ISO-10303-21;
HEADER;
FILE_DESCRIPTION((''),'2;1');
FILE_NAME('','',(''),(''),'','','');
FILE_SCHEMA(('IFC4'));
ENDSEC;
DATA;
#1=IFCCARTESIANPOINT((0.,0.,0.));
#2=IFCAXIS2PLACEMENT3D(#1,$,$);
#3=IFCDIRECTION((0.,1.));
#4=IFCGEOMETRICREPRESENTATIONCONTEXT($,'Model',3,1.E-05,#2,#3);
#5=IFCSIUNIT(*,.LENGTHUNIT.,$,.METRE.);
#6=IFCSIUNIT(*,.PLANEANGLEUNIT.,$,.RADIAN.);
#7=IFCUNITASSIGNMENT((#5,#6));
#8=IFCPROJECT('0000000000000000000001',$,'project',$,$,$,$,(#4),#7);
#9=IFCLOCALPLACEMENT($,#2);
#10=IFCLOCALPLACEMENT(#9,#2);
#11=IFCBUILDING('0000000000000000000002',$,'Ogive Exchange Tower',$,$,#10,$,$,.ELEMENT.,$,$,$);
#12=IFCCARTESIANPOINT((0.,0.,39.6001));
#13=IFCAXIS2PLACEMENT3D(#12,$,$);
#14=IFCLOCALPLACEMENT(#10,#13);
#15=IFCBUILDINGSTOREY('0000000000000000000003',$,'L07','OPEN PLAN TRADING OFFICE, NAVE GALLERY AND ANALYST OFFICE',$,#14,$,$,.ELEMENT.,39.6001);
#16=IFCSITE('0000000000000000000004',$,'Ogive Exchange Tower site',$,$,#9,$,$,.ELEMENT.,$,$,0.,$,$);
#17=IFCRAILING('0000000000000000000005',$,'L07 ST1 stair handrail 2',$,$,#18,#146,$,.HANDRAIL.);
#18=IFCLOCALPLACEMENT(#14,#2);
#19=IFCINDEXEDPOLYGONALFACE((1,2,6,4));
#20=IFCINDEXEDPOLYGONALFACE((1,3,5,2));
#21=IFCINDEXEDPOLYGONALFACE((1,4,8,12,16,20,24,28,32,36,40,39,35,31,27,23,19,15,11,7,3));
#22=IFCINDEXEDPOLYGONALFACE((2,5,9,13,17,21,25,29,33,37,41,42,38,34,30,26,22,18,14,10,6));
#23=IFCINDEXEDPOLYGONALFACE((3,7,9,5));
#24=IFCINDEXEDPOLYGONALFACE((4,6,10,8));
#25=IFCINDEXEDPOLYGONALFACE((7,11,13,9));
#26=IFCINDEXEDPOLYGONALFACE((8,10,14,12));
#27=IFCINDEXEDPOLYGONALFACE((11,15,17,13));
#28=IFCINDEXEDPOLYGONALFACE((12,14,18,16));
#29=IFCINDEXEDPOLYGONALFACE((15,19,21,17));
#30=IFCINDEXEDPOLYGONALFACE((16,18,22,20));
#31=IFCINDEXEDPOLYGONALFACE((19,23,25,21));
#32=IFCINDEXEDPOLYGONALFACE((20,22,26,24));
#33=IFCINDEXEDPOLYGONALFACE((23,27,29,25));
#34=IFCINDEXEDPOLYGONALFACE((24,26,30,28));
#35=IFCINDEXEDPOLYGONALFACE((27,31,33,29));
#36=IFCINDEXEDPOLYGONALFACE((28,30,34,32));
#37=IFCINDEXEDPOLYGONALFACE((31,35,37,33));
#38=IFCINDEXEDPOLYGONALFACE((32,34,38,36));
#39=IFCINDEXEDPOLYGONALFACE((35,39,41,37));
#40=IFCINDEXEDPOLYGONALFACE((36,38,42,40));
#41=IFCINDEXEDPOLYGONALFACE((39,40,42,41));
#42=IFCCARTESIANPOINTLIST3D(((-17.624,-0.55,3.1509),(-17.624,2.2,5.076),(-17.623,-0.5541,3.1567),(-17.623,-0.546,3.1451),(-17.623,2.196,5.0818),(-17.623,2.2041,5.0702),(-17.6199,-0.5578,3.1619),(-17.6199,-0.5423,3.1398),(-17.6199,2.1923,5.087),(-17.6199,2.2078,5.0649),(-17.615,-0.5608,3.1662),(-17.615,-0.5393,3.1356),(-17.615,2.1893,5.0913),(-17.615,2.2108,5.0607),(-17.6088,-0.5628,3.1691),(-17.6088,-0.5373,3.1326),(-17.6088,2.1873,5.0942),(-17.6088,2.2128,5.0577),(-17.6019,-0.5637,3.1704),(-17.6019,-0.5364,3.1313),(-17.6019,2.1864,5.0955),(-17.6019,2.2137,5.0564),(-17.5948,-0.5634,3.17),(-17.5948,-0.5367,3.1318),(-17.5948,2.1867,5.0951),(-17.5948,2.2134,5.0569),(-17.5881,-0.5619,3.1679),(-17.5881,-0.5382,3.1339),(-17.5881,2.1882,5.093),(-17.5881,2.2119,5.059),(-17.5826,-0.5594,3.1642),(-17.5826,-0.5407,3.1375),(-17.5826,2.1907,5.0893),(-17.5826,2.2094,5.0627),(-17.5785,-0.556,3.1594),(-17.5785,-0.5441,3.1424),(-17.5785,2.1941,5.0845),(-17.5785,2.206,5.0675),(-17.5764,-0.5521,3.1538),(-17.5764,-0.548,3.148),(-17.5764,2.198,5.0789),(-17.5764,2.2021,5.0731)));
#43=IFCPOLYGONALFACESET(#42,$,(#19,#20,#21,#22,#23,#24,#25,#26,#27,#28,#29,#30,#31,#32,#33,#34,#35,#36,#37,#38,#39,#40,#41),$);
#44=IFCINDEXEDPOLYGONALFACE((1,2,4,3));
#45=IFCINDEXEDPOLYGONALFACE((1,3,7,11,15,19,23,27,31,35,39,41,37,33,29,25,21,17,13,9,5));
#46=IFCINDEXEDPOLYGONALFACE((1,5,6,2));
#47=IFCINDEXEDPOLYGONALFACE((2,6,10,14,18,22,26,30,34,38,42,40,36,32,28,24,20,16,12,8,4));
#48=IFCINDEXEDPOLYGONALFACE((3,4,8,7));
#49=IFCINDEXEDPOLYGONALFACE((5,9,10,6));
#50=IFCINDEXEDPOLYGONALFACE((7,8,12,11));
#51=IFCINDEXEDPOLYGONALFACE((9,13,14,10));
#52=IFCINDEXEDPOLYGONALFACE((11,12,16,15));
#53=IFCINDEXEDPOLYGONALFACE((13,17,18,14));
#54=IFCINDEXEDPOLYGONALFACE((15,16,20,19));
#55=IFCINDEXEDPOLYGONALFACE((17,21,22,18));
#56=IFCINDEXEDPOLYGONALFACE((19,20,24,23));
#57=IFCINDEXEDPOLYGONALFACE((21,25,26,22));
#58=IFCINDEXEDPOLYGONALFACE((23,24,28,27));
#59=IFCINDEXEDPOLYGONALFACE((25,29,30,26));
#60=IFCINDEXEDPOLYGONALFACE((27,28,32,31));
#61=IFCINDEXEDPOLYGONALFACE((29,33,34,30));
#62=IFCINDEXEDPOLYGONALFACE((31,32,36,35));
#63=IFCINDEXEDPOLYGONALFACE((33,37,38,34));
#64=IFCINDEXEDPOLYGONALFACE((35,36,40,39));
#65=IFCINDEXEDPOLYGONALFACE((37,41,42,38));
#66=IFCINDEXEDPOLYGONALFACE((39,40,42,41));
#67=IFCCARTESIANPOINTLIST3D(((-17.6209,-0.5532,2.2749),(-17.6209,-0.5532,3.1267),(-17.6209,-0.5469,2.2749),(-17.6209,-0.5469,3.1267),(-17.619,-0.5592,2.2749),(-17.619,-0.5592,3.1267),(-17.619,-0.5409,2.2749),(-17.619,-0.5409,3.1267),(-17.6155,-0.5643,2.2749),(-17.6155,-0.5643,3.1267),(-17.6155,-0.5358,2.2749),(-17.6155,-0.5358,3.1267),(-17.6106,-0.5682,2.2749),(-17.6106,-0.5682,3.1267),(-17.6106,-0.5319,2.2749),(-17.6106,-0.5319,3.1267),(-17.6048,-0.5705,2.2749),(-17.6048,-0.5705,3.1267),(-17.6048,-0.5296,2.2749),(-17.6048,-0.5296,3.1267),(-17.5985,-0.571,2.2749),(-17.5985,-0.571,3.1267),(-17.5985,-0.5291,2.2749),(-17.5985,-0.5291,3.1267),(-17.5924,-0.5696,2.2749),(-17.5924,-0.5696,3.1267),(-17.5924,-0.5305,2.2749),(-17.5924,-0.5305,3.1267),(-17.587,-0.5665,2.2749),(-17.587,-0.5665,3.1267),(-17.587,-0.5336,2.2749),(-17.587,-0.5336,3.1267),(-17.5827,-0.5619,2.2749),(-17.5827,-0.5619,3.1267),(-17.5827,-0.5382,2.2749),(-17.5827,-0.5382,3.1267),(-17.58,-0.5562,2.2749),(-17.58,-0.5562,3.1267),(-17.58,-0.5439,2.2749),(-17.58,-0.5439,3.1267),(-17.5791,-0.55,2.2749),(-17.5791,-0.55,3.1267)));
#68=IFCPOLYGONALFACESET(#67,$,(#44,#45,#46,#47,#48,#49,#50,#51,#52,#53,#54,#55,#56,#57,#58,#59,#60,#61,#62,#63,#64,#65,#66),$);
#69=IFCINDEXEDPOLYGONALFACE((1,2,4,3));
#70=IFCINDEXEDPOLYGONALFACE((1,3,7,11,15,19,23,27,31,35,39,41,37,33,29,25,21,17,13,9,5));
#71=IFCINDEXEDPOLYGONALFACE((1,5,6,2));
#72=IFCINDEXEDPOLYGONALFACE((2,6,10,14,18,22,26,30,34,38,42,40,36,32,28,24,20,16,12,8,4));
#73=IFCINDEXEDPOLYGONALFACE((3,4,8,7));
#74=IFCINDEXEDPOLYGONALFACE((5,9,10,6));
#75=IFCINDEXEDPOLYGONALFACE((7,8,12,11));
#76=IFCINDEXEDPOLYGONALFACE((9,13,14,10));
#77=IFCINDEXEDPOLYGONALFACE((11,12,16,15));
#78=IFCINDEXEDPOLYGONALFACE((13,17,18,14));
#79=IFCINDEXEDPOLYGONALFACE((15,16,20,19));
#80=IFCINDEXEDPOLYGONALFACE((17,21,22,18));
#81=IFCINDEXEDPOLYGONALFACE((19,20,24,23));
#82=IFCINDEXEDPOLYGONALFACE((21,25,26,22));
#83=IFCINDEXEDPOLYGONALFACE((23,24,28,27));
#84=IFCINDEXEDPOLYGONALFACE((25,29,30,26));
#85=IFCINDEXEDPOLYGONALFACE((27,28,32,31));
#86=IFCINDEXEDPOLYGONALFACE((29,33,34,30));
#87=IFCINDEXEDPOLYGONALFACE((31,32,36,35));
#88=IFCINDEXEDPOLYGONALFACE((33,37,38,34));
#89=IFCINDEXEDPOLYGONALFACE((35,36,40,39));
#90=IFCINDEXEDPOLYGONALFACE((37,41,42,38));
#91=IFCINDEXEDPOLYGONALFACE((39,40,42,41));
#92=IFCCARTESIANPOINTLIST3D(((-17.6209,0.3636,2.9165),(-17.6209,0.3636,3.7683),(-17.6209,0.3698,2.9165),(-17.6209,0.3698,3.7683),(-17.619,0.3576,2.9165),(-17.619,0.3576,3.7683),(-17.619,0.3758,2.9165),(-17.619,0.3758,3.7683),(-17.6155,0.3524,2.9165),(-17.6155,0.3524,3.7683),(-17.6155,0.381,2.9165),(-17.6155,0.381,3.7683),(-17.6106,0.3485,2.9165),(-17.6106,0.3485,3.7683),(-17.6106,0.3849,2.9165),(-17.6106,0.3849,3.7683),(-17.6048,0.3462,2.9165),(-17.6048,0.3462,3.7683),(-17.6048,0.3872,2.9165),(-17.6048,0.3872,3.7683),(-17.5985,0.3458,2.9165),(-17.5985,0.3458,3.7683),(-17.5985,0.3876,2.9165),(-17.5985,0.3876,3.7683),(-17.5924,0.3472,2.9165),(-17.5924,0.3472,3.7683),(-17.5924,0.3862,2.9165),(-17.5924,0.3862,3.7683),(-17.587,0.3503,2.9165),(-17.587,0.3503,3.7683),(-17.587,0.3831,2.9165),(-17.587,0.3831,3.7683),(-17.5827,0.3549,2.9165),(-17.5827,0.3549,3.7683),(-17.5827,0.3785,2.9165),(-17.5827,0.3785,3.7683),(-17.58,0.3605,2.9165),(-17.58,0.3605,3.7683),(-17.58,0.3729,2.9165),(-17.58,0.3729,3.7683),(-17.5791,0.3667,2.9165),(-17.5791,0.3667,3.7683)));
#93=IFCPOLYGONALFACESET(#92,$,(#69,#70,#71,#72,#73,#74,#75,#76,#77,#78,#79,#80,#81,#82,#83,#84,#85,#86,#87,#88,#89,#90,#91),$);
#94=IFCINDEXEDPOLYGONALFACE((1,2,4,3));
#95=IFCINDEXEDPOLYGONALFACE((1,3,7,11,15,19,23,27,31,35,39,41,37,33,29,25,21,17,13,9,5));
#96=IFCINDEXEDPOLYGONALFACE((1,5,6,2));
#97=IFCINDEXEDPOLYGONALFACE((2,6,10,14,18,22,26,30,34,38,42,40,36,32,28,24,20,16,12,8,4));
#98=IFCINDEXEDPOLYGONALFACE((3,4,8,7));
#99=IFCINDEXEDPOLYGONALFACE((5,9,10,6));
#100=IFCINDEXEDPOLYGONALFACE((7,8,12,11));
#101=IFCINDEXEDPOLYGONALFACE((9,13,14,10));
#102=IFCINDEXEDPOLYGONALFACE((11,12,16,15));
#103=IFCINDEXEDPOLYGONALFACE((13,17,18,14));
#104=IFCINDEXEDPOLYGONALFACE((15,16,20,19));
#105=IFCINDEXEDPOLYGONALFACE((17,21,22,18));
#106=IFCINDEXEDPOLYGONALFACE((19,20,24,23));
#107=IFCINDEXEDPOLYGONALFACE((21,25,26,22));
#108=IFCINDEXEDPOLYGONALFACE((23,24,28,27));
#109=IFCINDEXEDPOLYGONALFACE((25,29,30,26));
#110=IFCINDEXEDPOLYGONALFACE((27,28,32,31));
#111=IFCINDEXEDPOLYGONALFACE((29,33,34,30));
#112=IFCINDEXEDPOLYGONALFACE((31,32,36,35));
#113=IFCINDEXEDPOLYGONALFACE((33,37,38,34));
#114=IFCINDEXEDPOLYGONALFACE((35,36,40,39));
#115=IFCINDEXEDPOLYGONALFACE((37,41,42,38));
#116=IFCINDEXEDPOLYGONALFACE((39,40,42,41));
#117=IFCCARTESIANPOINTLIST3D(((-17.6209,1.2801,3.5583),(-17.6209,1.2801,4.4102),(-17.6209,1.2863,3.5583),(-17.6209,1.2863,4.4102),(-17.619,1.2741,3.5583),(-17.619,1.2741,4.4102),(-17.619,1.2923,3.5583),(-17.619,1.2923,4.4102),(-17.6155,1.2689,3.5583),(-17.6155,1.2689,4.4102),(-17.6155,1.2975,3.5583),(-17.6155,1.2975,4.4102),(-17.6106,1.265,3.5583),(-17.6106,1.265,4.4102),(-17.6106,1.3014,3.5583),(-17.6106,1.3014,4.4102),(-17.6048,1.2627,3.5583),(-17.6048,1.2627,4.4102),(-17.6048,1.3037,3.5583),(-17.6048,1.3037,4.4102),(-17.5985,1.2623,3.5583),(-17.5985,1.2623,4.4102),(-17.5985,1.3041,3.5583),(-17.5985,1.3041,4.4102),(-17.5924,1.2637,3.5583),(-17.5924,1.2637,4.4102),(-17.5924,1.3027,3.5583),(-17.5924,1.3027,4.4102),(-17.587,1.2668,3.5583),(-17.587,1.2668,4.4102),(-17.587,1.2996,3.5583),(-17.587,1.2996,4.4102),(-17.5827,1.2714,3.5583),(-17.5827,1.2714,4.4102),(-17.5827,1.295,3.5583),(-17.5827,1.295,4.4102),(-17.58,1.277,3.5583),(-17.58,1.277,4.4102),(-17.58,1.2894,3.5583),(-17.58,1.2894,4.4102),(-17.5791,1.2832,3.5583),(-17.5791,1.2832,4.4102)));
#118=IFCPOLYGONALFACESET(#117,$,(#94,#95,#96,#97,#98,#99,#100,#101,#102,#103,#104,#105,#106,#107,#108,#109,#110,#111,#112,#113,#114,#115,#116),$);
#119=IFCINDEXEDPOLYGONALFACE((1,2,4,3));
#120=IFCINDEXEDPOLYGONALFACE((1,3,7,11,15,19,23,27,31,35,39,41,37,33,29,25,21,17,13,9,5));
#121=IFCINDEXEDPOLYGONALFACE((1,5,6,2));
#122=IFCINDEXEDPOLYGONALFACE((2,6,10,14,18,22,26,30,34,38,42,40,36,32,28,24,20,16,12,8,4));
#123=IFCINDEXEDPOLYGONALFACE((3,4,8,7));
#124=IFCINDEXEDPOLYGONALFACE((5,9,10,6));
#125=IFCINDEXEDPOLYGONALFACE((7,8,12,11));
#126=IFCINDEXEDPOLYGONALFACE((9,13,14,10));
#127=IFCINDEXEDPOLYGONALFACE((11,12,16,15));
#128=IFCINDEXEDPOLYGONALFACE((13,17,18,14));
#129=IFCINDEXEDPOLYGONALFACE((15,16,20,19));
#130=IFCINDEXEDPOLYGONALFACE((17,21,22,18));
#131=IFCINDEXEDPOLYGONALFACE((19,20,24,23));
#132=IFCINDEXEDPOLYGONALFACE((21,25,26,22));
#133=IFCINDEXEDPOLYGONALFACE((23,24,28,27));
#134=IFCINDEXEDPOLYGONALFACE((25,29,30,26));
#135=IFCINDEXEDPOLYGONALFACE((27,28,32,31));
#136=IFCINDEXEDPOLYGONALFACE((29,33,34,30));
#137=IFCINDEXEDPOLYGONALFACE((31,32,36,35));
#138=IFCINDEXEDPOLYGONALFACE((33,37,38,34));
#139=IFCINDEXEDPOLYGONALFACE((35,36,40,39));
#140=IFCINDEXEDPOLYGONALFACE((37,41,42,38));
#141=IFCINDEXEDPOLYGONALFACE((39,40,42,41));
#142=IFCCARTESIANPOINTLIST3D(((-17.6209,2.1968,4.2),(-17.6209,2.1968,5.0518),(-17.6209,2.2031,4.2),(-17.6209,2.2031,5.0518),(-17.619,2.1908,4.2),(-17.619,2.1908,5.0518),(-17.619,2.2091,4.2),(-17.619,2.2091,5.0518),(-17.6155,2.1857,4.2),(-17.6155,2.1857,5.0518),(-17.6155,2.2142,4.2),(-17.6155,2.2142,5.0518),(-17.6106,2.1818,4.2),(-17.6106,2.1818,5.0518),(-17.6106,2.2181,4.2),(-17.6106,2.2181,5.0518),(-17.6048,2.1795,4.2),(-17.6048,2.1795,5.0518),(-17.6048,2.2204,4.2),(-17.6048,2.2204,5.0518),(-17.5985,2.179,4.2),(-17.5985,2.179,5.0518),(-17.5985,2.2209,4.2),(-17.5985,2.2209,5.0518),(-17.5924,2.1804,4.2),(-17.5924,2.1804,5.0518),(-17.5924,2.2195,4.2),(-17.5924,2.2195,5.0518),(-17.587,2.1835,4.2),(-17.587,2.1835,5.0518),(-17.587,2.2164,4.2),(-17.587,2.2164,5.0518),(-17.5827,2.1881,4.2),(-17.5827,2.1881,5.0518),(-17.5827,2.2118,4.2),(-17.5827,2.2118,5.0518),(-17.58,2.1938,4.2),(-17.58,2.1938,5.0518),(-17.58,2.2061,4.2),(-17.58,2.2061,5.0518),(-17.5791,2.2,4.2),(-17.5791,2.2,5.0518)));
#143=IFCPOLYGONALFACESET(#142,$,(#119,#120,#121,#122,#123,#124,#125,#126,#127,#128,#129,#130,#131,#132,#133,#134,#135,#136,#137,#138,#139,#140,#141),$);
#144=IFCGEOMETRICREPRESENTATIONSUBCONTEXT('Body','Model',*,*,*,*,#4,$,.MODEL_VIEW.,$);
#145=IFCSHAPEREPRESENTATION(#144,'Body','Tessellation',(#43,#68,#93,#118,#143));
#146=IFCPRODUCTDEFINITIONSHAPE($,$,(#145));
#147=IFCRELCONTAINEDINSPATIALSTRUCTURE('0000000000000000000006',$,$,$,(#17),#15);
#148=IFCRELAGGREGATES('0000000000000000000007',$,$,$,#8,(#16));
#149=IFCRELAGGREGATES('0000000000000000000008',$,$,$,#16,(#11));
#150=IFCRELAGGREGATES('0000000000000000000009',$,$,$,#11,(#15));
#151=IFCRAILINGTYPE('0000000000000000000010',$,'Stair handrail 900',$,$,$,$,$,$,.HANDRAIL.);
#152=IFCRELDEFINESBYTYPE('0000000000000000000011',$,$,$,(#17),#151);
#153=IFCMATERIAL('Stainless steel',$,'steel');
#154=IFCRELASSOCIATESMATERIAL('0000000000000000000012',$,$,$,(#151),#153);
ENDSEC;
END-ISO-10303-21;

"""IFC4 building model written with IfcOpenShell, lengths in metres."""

from ifc_helpers import new_model, si_unit, direction, frame, origin, origin_2d, place, context, subcontext, project, spatial, circle, extrude, material, type_object, element, save


model = new_model("IFC4")

# Units and contexts
model_context = context("Model", 3, precision=1e-05, world=origin(), true_north=direction((0.0, 1.0)))
body_context = subcontext(model_context, "Body", "Model", "MODEL_VIEW")
ifc_project = project(units=[si_unit("LENGTHUNIT", "METRE"), si_unit("PLANEANGLEUNIT", "RADIAN")], contexts=[model_context])

# Site, building, storey
site_placement = place(None, origin())
site = spatial("IfcSite", under=ifc_project, at=site_placement, Name="Ogive Exchange Tower site", CompositionType="ELEMENT", RefElevation=0.0)
building_placement = place(site_placement, origin())
building = spatial("IfcBuilding", under=site, at=building_placement, Name="Ogive Exchange Tower", CompositionType="ELEMENT")
storey_placement = place(building_placement, frame((0.0, 0.0, 39.6001)))
storey = spatial("IfcBuildingStorey", under=building, at=storey_placement, Name="L07", Description="OPEN PLAN TRADING OFFICE, NAVE GALLERY AND ANALYST OFFICE", CompositionType="ELEMENT", Elevation=39.6001)

# Shared definitions
ifc_material_1 = material(Name="Stainless steel", Category="steel")

# Railing
railing_type = type_object("IfcRailingType", Name="Stair handrail 900", PredefinedType="HANDRAIL", material=ifc_material_1)
railing_placement = place(storey_placement, frame((-17.6001, -0.55, 2.2749)))
element("IfcRailing", 1, at=railing_placement, inside=storey, type_object=railing_type, Name="L07 ST1 stair handrail 2", PredefinedType="HANDRAIL", context=body_context, shape_type="SweptSolid", body=[
    extrude(circle(Radius=0.0239, at=origin_2d()), frame((0.0, 0.0, 0.876), z_axis=(0.0, 0.819225, 0.573472), x_axis=(-1.0, 0.0, 0.0)), (0.0, 0.0, 1.0), 3.3569),
    extrude(circle(Radius=0.021, at=origin_2d()), origin(), (0.0, 0.0, 1.0), 0.8518),
    extrude(circle(Radius=0.021, at=origin_2d()), frame((0.0, 0.9167, 0.6416)), (0.0, 0.0, 1.0), 0.8518),
    extrude(circle(Radius=0.021, at=origin_2d()), frame((0.0, 1.8333, 1.2834)), (0.0, 0.0, 1.0), 0.8518),
    extrude(circle(Radius=0.021, at=origin_2d()), frame((0.0, 2.75, 1.925)), (0.0, 0.0, 1.0), 0.8518),
])

save(model, "model.ifc")
